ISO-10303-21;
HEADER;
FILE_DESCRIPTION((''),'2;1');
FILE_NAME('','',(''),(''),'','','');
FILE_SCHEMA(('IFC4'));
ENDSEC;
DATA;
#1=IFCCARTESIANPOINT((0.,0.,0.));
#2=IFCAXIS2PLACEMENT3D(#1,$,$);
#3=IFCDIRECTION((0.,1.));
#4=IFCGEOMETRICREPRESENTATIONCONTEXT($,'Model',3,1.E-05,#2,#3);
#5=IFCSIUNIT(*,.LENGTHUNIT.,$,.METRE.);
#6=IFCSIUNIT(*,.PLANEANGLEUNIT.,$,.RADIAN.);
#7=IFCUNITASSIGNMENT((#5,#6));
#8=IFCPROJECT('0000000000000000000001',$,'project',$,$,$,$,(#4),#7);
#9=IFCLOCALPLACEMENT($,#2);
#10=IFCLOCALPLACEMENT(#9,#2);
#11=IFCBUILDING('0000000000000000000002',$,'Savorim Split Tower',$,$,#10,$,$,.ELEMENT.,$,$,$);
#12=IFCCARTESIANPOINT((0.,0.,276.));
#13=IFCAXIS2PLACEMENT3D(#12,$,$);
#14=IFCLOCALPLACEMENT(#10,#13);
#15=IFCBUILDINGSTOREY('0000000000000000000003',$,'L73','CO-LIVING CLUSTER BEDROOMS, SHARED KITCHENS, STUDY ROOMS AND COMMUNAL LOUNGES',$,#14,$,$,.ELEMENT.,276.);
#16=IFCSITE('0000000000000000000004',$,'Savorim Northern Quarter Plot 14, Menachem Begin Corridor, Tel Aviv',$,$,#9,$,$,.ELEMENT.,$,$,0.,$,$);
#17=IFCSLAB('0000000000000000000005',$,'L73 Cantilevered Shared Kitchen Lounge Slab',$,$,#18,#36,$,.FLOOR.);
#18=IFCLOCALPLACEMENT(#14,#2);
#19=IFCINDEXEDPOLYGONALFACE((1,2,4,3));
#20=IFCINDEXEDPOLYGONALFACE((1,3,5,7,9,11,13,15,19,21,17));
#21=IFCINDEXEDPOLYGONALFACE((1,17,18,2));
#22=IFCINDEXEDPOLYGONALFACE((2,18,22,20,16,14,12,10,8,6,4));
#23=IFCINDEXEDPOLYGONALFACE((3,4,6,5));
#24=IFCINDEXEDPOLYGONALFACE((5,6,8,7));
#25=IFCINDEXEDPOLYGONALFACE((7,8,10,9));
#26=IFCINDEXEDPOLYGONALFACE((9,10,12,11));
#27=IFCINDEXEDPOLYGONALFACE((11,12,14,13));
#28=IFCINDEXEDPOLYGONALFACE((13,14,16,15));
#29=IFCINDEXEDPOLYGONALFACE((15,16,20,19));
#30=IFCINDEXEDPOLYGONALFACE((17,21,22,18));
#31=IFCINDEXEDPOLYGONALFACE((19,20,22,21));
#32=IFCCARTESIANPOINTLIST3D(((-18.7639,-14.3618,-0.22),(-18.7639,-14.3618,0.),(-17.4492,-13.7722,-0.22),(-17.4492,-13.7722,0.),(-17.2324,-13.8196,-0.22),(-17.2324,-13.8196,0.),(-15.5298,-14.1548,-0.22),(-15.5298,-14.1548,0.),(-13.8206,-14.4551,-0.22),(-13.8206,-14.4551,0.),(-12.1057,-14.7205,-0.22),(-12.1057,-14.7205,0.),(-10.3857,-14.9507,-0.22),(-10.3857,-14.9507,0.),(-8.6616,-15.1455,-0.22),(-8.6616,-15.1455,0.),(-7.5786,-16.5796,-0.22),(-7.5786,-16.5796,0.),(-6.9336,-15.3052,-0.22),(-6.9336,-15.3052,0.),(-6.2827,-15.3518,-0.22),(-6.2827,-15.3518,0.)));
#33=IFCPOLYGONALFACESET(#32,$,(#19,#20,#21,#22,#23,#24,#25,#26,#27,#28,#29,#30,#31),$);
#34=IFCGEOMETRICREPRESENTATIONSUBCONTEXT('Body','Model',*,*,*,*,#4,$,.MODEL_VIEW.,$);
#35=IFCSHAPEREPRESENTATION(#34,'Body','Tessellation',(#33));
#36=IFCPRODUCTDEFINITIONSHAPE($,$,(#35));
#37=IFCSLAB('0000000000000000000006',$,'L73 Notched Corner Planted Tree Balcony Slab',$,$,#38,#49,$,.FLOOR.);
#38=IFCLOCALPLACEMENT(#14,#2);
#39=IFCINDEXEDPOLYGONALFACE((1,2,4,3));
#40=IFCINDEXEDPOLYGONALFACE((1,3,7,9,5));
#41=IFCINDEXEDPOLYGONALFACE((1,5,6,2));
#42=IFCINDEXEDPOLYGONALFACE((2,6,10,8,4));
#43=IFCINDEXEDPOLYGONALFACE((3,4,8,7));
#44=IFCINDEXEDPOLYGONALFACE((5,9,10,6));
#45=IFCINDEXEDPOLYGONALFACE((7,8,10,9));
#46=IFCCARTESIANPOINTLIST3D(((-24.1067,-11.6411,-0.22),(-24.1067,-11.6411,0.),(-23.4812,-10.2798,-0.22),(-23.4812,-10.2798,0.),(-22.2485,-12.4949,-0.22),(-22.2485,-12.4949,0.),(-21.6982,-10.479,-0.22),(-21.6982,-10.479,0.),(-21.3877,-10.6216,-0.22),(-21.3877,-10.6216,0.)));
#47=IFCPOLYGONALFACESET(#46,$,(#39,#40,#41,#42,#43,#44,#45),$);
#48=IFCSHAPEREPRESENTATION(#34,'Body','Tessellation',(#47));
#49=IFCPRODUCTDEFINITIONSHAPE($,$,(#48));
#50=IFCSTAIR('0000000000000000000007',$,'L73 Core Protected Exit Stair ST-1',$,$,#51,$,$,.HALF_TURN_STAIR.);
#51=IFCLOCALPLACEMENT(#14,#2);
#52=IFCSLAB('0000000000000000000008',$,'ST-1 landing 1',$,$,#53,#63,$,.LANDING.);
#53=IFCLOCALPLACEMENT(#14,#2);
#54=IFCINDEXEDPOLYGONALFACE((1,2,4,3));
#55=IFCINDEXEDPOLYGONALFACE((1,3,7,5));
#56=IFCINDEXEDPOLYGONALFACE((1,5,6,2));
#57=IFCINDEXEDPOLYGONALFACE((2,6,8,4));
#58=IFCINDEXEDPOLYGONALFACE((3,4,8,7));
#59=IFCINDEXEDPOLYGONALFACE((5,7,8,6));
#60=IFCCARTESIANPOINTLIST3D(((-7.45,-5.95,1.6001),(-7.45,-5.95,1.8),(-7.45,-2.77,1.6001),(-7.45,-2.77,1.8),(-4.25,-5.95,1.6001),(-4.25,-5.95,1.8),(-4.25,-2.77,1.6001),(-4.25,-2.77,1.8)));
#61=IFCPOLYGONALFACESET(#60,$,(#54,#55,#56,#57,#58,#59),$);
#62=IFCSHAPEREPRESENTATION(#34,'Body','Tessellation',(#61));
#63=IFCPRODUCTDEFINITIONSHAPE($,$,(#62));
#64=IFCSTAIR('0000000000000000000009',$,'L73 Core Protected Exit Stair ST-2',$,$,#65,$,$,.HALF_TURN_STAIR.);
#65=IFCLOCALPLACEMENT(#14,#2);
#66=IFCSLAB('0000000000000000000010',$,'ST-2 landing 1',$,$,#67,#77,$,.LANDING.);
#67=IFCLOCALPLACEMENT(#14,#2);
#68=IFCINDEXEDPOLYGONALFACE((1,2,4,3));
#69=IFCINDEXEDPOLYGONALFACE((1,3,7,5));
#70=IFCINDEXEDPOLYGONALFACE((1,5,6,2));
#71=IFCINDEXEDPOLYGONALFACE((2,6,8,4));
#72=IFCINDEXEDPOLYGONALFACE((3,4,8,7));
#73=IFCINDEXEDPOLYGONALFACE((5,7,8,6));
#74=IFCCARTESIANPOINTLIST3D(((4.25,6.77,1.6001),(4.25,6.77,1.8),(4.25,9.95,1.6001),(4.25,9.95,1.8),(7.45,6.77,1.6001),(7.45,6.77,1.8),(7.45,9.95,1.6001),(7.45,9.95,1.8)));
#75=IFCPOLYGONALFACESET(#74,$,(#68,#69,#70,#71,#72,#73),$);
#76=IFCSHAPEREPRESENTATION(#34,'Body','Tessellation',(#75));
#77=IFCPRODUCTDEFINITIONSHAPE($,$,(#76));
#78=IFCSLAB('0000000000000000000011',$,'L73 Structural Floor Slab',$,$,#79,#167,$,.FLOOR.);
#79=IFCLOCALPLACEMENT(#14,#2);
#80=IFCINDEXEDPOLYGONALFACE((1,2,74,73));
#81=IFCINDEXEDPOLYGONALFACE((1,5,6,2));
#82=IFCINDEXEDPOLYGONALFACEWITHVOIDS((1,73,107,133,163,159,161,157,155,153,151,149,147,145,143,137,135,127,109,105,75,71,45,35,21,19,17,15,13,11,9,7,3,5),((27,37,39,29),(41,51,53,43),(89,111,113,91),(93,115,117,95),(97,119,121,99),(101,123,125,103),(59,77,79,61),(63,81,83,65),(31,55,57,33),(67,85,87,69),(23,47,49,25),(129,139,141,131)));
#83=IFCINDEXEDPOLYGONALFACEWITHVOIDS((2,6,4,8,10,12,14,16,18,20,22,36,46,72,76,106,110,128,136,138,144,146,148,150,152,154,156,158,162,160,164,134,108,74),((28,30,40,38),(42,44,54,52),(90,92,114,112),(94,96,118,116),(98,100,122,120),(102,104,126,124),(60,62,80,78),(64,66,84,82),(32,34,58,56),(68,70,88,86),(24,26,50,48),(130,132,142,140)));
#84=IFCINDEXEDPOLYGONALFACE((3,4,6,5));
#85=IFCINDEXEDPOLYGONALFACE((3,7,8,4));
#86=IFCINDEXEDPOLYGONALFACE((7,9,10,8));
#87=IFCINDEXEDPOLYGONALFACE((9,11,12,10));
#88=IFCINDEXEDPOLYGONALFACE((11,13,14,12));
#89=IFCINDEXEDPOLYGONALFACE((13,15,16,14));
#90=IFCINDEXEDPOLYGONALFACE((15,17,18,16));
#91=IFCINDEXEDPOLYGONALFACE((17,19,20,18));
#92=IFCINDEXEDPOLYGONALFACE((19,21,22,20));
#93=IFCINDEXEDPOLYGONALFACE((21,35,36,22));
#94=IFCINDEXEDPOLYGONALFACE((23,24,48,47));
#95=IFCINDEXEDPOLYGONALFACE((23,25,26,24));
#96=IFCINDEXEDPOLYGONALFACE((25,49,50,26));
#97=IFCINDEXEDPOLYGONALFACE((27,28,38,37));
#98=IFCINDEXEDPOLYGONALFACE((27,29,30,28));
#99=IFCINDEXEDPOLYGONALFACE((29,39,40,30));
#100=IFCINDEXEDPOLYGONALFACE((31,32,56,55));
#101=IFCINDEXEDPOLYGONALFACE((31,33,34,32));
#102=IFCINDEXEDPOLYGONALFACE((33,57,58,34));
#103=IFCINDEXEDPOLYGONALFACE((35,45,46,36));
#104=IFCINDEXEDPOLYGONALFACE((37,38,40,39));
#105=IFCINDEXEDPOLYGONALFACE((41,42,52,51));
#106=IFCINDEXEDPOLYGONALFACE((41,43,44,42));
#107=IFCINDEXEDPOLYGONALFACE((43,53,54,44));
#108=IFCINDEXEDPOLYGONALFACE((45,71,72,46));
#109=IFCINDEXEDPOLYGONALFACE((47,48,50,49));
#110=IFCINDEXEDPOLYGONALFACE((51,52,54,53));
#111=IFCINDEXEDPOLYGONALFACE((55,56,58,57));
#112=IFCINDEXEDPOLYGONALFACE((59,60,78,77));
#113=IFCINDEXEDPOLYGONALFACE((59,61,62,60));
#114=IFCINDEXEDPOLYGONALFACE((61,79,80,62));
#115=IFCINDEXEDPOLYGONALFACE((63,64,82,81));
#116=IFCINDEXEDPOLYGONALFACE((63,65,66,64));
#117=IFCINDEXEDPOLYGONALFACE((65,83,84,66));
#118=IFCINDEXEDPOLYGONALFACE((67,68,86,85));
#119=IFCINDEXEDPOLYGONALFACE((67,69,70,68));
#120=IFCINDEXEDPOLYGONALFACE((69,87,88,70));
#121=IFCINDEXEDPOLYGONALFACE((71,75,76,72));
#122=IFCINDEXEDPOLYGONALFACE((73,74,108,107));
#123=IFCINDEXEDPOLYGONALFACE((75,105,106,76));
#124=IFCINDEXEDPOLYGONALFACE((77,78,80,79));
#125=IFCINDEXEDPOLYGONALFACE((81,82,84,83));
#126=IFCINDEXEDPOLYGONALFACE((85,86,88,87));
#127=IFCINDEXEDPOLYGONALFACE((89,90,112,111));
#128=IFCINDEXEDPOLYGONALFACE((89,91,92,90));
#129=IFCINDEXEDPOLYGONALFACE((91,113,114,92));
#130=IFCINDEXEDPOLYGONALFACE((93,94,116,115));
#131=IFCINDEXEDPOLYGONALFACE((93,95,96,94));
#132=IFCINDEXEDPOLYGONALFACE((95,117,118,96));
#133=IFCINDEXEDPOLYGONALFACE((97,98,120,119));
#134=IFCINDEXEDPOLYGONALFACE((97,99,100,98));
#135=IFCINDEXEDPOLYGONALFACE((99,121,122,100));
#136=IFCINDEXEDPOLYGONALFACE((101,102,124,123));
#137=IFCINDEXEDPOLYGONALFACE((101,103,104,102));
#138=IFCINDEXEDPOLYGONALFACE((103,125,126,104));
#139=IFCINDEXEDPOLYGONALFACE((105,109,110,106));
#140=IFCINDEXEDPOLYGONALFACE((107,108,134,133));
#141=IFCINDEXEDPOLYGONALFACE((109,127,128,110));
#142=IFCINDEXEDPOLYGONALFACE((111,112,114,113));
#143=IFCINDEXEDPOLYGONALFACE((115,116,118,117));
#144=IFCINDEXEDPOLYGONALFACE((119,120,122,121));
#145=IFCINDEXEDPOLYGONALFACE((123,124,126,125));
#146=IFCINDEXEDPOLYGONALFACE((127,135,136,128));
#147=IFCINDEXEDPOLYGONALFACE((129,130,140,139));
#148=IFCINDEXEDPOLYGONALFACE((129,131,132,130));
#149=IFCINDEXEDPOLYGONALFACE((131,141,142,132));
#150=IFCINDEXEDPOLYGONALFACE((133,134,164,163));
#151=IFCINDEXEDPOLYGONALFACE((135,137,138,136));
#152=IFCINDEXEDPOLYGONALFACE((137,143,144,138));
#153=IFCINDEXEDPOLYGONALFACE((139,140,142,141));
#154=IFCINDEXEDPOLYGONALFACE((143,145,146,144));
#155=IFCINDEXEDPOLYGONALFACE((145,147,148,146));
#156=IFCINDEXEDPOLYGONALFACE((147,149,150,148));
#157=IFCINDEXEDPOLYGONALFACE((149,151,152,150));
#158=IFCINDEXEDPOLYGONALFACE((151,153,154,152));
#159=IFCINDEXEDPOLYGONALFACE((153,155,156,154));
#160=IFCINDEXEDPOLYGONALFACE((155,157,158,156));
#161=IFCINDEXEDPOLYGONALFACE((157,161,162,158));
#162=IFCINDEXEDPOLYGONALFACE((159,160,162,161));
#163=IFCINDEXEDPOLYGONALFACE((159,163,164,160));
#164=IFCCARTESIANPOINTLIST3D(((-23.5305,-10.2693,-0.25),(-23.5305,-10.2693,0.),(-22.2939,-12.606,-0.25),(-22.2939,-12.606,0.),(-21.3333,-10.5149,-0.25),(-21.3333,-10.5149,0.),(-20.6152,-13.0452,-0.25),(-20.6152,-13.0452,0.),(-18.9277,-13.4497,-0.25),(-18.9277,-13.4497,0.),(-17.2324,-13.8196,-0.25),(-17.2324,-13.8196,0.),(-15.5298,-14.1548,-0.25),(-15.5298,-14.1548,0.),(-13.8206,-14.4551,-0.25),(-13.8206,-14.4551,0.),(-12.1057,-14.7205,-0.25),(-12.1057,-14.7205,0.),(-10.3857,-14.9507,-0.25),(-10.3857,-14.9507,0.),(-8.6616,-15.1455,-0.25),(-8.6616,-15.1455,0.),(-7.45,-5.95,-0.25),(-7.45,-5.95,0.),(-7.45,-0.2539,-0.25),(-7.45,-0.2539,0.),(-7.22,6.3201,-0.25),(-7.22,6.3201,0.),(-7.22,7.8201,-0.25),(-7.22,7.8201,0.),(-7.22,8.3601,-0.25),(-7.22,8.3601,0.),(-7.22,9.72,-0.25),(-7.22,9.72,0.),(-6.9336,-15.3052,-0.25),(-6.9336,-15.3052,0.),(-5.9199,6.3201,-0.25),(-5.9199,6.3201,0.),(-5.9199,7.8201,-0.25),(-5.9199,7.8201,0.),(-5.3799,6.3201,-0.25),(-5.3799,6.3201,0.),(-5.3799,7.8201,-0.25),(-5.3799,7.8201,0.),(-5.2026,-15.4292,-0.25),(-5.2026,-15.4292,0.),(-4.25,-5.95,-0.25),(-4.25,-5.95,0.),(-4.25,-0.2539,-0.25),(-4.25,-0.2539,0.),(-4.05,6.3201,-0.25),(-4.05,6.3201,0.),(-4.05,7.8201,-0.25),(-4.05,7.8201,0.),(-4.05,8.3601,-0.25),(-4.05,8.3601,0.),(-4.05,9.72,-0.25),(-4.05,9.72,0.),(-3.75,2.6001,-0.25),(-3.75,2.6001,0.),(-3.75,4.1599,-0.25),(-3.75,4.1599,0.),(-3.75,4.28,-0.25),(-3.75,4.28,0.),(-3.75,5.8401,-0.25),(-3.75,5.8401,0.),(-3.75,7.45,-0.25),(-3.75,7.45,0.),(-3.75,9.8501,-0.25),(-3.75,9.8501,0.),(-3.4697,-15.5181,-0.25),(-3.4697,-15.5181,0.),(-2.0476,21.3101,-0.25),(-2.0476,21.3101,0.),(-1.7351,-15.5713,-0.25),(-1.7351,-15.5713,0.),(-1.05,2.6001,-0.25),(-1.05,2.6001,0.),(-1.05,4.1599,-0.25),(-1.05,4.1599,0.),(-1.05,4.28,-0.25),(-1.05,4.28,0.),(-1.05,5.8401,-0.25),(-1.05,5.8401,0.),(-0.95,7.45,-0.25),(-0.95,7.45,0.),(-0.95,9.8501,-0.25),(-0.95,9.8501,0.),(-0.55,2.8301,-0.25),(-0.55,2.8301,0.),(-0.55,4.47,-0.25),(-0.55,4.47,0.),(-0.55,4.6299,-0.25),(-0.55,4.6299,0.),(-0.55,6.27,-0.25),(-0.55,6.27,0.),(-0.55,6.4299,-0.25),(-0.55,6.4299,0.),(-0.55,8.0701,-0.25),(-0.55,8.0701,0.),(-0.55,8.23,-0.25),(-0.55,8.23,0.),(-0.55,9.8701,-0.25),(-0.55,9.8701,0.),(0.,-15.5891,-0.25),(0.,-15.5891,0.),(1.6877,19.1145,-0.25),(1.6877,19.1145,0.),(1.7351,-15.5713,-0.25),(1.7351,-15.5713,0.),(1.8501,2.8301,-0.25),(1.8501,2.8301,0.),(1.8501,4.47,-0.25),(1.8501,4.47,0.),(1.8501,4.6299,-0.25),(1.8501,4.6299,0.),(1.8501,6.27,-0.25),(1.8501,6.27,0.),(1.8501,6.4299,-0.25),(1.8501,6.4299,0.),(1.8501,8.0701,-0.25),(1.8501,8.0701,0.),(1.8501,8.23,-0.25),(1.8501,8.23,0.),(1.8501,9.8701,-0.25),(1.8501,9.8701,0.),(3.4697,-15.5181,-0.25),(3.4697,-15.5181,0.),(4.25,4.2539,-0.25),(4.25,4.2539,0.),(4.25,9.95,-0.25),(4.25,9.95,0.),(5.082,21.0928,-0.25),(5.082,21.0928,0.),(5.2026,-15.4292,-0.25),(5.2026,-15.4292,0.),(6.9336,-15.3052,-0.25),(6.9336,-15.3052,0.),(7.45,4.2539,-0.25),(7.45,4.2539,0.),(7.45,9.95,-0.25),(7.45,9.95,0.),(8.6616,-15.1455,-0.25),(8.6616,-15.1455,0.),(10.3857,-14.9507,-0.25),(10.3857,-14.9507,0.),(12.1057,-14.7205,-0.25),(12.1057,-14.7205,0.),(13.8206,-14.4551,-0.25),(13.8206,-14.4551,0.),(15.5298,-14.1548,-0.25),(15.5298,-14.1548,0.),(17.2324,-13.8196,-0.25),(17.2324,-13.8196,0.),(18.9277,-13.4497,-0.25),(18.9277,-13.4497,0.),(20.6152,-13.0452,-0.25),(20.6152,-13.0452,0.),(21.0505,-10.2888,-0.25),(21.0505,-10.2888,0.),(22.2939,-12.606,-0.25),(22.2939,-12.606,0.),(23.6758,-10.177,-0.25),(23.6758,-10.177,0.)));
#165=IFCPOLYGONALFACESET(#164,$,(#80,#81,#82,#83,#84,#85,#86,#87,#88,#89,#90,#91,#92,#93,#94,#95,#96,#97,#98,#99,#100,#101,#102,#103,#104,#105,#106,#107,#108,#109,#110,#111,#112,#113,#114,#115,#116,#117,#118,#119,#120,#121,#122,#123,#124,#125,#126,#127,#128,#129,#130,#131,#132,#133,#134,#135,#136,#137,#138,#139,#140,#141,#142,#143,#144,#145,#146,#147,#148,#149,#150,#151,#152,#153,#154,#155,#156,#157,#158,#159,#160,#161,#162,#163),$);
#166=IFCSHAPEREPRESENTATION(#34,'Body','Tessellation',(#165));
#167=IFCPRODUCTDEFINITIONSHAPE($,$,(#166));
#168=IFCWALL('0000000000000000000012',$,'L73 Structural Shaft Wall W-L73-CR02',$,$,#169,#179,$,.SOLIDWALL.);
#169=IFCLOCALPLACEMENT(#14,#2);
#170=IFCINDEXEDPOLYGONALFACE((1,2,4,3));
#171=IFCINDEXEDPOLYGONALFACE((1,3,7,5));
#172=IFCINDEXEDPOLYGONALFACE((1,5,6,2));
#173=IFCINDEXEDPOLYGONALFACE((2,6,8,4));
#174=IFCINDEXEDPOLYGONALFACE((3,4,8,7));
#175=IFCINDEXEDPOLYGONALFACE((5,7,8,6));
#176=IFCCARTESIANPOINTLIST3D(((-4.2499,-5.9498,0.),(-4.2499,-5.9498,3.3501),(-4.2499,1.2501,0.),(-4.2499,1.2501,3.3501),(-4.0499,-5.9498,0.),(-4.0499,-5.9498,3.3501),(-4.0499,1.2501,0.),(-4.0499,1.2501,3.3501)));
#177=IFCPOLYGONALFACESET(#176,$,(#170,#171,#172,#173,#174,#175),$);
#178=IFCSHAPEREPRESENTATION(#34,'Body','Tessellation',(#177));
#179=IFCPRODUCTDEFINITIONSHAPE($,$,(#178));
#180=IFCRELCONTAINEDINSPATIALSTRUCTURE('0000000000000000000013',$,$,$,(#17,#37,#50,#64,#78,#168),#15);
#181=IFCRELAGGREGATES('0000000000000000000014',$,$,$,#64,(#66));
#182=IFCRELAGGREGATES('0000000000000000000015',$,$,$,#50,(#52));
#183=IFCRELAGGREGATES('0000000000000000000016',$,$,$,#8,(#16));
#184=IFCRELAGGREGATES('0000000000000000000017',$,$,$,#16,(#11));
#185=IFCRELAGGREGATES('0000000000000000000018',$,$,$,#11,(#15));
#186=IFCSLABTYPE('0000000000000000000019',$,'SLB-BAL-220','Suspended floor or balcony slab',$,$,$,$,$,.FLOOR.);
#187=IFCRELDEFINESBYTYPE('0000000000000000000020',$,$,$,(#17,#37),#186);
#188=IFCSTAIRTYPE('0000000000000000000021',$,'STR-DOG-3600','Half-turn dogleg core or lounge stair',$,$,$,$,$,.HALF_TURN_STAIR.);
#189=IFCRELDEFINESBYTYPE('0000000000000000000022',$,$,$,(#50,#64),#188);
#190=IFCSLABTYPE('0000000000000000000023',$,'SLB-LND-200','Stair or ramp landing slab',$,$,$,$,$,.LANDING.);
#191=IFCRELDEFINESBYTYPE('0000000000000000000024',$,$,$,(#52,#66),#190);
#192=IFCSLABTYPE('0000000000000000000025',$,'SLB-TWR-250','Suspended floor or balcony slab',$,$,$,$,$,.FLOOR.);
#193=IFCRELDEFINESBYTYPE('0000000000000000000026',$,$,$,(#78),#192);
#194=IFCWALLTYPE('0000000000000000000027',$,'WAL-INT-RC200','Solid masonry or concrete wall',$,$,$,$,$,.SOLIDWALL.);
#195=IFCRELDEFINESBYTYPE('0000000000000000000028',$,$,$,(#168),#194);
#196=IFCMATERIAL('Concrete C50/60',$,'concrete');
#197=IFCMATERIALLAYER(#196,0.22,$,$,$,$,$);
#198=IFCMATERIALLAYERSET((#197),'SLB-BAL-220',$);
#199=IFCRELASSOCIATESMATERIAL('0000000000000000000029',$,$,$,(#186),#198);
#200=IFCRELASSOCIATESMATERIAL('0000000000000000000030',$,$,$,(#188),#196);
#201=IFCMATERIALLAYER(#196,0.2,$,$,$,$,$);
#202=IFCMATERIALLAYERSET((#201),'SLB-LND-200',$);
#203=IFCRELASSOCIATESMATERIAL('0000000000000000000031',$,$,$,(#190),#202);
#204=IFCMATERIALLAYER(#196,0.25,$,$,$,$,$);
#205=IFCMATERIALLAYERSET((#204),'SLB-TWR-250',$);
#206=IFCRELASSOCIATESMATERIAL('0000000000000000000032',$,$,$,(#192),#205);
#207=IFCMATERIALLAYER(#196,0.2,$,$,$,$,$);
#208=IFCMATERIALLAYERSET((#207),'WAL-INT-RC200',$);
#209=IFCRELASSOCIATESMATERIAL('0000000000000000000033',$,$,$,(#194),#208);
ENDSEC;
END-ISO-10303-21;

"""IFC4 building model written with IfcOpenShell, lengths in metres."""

from ifc_helpers import new_model, si_unit, direction, frame, frame_2d, origin, place, context, subcontext, project, spatial, polyline, rectangle, outline, extrude, material, layer, layer_set, type_object, element, aggregate, save


model = new_model("IFC4")

# Units and contexts
model_context = context("Model", 3, precision=1e-05, world=origin(), true_north=direction((0.0, 1.0)))
body_context = subcontext(model_context, "Body", "Model", "MODEL_VIEW")
ifc_project = project(units=[si_unit("LENGTHUNIT", "METRE"), si_unit("PLANEANGLEUNIT", "RADIAN")], contexts=[model_context])

# Site, building, storey
site_placement = place(None, origin())
site = spatial("IfcSite", under=ifc_project, at=site_placement, Name="Savorim Northern Quarter Plot 14, Menachem Begin Corridor, Tel Aviv", CompositionType="ELEMENT", RefElevation=0.0)
building_placement = place(site_placement, origin())
building = spatial("IfcBuilding", under=site, at=building_placement, Name="Savorim Split Tower", CompositionType="ELEMENT")
storey_placement = place(building_placement, frame((0.0, 0.0, 276.0)))
storey = spatial("IfcBuildingStorey", under=building, at=storey_placement, Name="L73", Description="CO-LIVING CLUSTER BEDROOMS, SHARED KITCHENS, STUDY ROOMS AND COMMUNAL LOUNGES", CompositionType="ELEMENT", Elevation=276.0)

# Slabs
ifc_material_1 = material(Name="Concrete C50/60", Category="concrete")
ifc_layer_1 = layer(ifc_material_1, 0.22)
ifc_layer_set_1 = layer_set([ifc_layer_1], Name="SLB-BAL-220")
slab_type_1 = type_object("IfcSlabType", Name="SLB-BAL-220", Description="Suspended floor or balcony slab", PredefinedType="FLOOR", material=ifc_layer_set_1)
slab_1_placement = place(storey_placement, frame((0.0, 0.0, -0.22)))
element("IfcSlab", 1, at=slab_1_placement, inside=storey, type_object=slab_type_1, Name="L73 Cantilevered Shared Kitchen Lounge Slab", PredefinedType="FLOOR", context=body_context, shape_type="SweptSolid", body=[
    extrude(outline(polyline([(-6.2827, -15.3518), (-6.9336, -15.3052), (-8.6616, -15.1455), (-10.3857, -14.9507), (-12.1057, -14.7205), (-13.8206, -14.4551), (-15.5298, -14.1548), (-17.2324, -13.8196), (-17.4492, -13.7722), (-18.7639, -14.3618), (-7.5786, -16.5796), (-6.2827, -15.3518)])), origin(), (0.0, 0.0, 1.0), 0.22),
])
slab_2_placement = place(storey_placement, frame((0.0, 0.0, -0.22)))
element("IfcSlab", 2, at=slab_2_placement, inside=storey, type_object=slab_type_1, Name="L73 Notched Corner Planted Tree Balcony Slab", PredefinedType="FLOOR", context=body_context, shape_type="SweptSolid", body=[
    extrude(outline(polyline([(-22.2485, -12.4949), (-21.3877, -10.6216), (-21.6982, -10.479), (-23.4812, -10.2798), (-24.1067, -11.6411), (-22.2485, -12.4949)])), origin(), (0.0, 0.0, 1.0), 0.22),
])

# Stairs, slabs
stair_type = type_object("IfcStairType", Name="STR-DOG-3600", Description="Half-turn dogleg core or lounge stair", PredefinedType="HALF_TURN_STAIR", material=ifc_material_1)
stair_1_placement = place(storey_placement, origin())
stair_1 = element("IfcStair", 3, at=stair_1_placement, inside=storey, type_object=stair_type, Name="L73 Core Protected Exit Stair ST-1", PredefinedType="HALF_TURN_STAIR")
ifc_layer_2 = layer(ifc_material_1, 0.2)
ifc_layer_set_2 = layer_set([ifc_layer_2], Name="SLB-LND-200")
slab_type_2 = type_object("IfcSlabType", Name="SLB-LND-200", Description="Stair or ramp landing slab", PredefinedType="LANDING", material=ifc_layer_set_2)
slab_3_placement = place(storey_placement, frame((0.0, 0.0, 1.6001)))
slab_3 = element("IfcSlab", 4, at=slab_3_placement, type_object=slab_type_2, Name="ST-1 landing 1", PredefinedType="LANDING", context=body_context, shape_type="SweptSolid", body=[
    extrude(outline(polyline([(-7.45, -2.77), (-7.45, -5.95), (-4.25, -5.95), (-4.25, -2.77), (-7.45, -2.77)])), origin(), (0.0, 0.0, 1.0), 0.2),
])
stair_2_placement = place(storey_placement, origin())
stair_2 = element("IfcStair", 5, at=stair_2_placement, inside=storey, type_object=stair_type, Name="L73 Core Protected Exit Stair ST-2", PredefinedType="HALF_TURN_STAIR")
slab_4_placement = place(storey_placement, frame((0.0, 0.0, 1.6001)))
slab_4 = element("IfcSlab", 6, at=slab_4_placement, type_object=slab_type_2, Name="ST-2 landing 1", PredefinedType="LANDING", context=body_context, shape_type="SweptSolid", body=[
    extrude(outline(polyline([(7.45, 6.77), (7.45, 9.95), (4.25, 9.95), (4.25, 6.77), (7.45, 6.77)])), origin(), (0.0, 0.0, 1.0), 0.2),
])
aggregate(stair_2, [slab_4])

# Slab
ifc_layer_3 = layer(ifc_material_1, 0.25)
ifc_layer_set_3 = layer_set([ifc_layer_3], Name="SLB-TWR-250")
slab_type_3 = type_object("IfcSlabType", Name="SLB-TWR-250", Description="Suspended floor or balcony slab", PredefinedType="FLOOR", material=ifc_layer_set_3)
slab_5_placement = place(storey_placement, frame((0.0, 0.0, -0.25)))
element("IfcSlab", 7, at=slab_5_placement, inside=storey, type_object=slab_type_3, Name="L73 Structural Floor Slab", PredefinedType="FLOOR", context=body_context, shape_type="SweptSolid", body=[
    extrude(outline(polyline([(-22.2939, -12.606), (-20.6152, -13.0452), (-18.9277, -13.4497), (-17.2324, -13.8196), (-15.5298, -14.1548), (-13.8206, -14.4551), (-12.1057, -14.7205), (-10.3857, -14.9507), (-8.6616, -15.1455), (-6.9336, -15.3052), (-5.2026, -15.4292), (-3.4697, -15.5181), (-1.7351, -15.5713), (0.0, -15.5891), (1.7351, -15.5713), (3.4697, -15.5181), (5.2026, -15.4292), (6.9336, -15.3052), (8.6616, -15.1455), (10.3857, -14.9507), (12.1057, -14.7205), (13.8206, -14.4551), (15.5298, -14.1548), (17.2324, -13.8196), (18.9277, -13.4497), (20.6152, -13.0452), (22.2939, -12.606), (21.0505, -10.2888), (23.6758, -10.177), (5.082, 21.0928), (1.6877, 19.1145), (-2.0476, 21.3101), (-23.5305, -10.2693), (-21.3333, -10.5149), (-22.2939, -12.606)]), holes=[polyline([(-7.45, -0.2539), (-7.45, -5.95), (-4.25, -5.95), (-4.25, -0.2539), (-7.45, -0.2539)]), polyline([(7.45, 4.2539), (7.45, 9.95), (4.25, 9.95), (4.25, 4.2539), (7.45, 4.2539)]), polyline([(-0.55, 2.8301), (1.8501, 2.8301), (1.8501, 4.47), (-0.55, 4.47), (-0.55, 2.8301)]), polyline([(-0.55, 4.6299), (1.8501, 4.6299), (1.8501, 6.27), (-0.55, 6.27), (-0.55, 4.6299)]), polyline([(-0.55, 6.4299), (1.8501, 6.4299), (1.8501, 8.0701), (-0.55, 8.0701), (-0.55, 6.4299)]), polyline([(-0.55, 8.23), (1.8501, 8.23), (1.8501, 9.8701), (-0.55, 9.8701), (-0.55, 8.23)]), polyline([(-3.75, 2.6001), (-1.05, 2.6001), (-1.05, 4.1599), (-3.75, 4.1599), (-3.75, 2.6001)]), polyline([(-3.75, 4.28), (-1.05, 4.28), (-1.05, 5.8401), (-3.75, 5.8401), (-3.75, 4.28)]), polyline([(-3.75, 7.45), (-0.95, 7.45), (-0.95, 9.8501), (-3.75, 9.8501), (-3.75, 7.45)]), polyline([(-7.22, 6.3201), (-5.9199, 6.3201), (-5.9199, 7.8201), (-7.22, 7.8201), (-7.22, 6.3201)]), polyline([(-5.3799, 6.3201), (-4.05, 6.3201), (-4.05, 7.8201), (-5.3799, 7.8201), (-5.3799, 6.3201)]), polyline([(-7.22, 8.3601), (-4.05, 8.3601), (-4.05, 9.72), (-7.22, 9.72), (-7.22, 8.3601)])]), origin(), (0.0, 0.0, 1.0), 0.25),
])

# Wall
ifc_layer_4 = layer(ifc_material_1, 0.2)
ifc_layer_set_4 = layer_set([ifc_layer_4], Name="WAL-INT-RC200")
wall_type_1 = type_object("IfcWallType", Name="WAL-INT-RC200", Description="Solid masonry or concrete wall", PredefinedType="SOLIDWALL", material=ifc_layer_set_4)
wall_1_placement = place(storey_placement, frame((-4.1499, -5.95, 0.0), z_axis=(0.0, 0.0, 1.0), x_axis=(0.0, 1.0, 0.0)))
element("IfcWall", 8, at=wall_1_placement, inside=storey, type_object=wall_type_1, Name="L73 Structural Shaft Wall W-L73-CR02", PredefinedType="SOLIDWALL", context=body_context, shape_type="SweptSolid", body=[
    extrude(rectangle(XDim=7.2, YDim=0.2, at=frame_2d((3.6001, 0.0))), origin(), (0.0, 0.0, 1.0), 3.3501),
])

aggregate(stair_1, [slab_3])

save(model, "model.ifc")
